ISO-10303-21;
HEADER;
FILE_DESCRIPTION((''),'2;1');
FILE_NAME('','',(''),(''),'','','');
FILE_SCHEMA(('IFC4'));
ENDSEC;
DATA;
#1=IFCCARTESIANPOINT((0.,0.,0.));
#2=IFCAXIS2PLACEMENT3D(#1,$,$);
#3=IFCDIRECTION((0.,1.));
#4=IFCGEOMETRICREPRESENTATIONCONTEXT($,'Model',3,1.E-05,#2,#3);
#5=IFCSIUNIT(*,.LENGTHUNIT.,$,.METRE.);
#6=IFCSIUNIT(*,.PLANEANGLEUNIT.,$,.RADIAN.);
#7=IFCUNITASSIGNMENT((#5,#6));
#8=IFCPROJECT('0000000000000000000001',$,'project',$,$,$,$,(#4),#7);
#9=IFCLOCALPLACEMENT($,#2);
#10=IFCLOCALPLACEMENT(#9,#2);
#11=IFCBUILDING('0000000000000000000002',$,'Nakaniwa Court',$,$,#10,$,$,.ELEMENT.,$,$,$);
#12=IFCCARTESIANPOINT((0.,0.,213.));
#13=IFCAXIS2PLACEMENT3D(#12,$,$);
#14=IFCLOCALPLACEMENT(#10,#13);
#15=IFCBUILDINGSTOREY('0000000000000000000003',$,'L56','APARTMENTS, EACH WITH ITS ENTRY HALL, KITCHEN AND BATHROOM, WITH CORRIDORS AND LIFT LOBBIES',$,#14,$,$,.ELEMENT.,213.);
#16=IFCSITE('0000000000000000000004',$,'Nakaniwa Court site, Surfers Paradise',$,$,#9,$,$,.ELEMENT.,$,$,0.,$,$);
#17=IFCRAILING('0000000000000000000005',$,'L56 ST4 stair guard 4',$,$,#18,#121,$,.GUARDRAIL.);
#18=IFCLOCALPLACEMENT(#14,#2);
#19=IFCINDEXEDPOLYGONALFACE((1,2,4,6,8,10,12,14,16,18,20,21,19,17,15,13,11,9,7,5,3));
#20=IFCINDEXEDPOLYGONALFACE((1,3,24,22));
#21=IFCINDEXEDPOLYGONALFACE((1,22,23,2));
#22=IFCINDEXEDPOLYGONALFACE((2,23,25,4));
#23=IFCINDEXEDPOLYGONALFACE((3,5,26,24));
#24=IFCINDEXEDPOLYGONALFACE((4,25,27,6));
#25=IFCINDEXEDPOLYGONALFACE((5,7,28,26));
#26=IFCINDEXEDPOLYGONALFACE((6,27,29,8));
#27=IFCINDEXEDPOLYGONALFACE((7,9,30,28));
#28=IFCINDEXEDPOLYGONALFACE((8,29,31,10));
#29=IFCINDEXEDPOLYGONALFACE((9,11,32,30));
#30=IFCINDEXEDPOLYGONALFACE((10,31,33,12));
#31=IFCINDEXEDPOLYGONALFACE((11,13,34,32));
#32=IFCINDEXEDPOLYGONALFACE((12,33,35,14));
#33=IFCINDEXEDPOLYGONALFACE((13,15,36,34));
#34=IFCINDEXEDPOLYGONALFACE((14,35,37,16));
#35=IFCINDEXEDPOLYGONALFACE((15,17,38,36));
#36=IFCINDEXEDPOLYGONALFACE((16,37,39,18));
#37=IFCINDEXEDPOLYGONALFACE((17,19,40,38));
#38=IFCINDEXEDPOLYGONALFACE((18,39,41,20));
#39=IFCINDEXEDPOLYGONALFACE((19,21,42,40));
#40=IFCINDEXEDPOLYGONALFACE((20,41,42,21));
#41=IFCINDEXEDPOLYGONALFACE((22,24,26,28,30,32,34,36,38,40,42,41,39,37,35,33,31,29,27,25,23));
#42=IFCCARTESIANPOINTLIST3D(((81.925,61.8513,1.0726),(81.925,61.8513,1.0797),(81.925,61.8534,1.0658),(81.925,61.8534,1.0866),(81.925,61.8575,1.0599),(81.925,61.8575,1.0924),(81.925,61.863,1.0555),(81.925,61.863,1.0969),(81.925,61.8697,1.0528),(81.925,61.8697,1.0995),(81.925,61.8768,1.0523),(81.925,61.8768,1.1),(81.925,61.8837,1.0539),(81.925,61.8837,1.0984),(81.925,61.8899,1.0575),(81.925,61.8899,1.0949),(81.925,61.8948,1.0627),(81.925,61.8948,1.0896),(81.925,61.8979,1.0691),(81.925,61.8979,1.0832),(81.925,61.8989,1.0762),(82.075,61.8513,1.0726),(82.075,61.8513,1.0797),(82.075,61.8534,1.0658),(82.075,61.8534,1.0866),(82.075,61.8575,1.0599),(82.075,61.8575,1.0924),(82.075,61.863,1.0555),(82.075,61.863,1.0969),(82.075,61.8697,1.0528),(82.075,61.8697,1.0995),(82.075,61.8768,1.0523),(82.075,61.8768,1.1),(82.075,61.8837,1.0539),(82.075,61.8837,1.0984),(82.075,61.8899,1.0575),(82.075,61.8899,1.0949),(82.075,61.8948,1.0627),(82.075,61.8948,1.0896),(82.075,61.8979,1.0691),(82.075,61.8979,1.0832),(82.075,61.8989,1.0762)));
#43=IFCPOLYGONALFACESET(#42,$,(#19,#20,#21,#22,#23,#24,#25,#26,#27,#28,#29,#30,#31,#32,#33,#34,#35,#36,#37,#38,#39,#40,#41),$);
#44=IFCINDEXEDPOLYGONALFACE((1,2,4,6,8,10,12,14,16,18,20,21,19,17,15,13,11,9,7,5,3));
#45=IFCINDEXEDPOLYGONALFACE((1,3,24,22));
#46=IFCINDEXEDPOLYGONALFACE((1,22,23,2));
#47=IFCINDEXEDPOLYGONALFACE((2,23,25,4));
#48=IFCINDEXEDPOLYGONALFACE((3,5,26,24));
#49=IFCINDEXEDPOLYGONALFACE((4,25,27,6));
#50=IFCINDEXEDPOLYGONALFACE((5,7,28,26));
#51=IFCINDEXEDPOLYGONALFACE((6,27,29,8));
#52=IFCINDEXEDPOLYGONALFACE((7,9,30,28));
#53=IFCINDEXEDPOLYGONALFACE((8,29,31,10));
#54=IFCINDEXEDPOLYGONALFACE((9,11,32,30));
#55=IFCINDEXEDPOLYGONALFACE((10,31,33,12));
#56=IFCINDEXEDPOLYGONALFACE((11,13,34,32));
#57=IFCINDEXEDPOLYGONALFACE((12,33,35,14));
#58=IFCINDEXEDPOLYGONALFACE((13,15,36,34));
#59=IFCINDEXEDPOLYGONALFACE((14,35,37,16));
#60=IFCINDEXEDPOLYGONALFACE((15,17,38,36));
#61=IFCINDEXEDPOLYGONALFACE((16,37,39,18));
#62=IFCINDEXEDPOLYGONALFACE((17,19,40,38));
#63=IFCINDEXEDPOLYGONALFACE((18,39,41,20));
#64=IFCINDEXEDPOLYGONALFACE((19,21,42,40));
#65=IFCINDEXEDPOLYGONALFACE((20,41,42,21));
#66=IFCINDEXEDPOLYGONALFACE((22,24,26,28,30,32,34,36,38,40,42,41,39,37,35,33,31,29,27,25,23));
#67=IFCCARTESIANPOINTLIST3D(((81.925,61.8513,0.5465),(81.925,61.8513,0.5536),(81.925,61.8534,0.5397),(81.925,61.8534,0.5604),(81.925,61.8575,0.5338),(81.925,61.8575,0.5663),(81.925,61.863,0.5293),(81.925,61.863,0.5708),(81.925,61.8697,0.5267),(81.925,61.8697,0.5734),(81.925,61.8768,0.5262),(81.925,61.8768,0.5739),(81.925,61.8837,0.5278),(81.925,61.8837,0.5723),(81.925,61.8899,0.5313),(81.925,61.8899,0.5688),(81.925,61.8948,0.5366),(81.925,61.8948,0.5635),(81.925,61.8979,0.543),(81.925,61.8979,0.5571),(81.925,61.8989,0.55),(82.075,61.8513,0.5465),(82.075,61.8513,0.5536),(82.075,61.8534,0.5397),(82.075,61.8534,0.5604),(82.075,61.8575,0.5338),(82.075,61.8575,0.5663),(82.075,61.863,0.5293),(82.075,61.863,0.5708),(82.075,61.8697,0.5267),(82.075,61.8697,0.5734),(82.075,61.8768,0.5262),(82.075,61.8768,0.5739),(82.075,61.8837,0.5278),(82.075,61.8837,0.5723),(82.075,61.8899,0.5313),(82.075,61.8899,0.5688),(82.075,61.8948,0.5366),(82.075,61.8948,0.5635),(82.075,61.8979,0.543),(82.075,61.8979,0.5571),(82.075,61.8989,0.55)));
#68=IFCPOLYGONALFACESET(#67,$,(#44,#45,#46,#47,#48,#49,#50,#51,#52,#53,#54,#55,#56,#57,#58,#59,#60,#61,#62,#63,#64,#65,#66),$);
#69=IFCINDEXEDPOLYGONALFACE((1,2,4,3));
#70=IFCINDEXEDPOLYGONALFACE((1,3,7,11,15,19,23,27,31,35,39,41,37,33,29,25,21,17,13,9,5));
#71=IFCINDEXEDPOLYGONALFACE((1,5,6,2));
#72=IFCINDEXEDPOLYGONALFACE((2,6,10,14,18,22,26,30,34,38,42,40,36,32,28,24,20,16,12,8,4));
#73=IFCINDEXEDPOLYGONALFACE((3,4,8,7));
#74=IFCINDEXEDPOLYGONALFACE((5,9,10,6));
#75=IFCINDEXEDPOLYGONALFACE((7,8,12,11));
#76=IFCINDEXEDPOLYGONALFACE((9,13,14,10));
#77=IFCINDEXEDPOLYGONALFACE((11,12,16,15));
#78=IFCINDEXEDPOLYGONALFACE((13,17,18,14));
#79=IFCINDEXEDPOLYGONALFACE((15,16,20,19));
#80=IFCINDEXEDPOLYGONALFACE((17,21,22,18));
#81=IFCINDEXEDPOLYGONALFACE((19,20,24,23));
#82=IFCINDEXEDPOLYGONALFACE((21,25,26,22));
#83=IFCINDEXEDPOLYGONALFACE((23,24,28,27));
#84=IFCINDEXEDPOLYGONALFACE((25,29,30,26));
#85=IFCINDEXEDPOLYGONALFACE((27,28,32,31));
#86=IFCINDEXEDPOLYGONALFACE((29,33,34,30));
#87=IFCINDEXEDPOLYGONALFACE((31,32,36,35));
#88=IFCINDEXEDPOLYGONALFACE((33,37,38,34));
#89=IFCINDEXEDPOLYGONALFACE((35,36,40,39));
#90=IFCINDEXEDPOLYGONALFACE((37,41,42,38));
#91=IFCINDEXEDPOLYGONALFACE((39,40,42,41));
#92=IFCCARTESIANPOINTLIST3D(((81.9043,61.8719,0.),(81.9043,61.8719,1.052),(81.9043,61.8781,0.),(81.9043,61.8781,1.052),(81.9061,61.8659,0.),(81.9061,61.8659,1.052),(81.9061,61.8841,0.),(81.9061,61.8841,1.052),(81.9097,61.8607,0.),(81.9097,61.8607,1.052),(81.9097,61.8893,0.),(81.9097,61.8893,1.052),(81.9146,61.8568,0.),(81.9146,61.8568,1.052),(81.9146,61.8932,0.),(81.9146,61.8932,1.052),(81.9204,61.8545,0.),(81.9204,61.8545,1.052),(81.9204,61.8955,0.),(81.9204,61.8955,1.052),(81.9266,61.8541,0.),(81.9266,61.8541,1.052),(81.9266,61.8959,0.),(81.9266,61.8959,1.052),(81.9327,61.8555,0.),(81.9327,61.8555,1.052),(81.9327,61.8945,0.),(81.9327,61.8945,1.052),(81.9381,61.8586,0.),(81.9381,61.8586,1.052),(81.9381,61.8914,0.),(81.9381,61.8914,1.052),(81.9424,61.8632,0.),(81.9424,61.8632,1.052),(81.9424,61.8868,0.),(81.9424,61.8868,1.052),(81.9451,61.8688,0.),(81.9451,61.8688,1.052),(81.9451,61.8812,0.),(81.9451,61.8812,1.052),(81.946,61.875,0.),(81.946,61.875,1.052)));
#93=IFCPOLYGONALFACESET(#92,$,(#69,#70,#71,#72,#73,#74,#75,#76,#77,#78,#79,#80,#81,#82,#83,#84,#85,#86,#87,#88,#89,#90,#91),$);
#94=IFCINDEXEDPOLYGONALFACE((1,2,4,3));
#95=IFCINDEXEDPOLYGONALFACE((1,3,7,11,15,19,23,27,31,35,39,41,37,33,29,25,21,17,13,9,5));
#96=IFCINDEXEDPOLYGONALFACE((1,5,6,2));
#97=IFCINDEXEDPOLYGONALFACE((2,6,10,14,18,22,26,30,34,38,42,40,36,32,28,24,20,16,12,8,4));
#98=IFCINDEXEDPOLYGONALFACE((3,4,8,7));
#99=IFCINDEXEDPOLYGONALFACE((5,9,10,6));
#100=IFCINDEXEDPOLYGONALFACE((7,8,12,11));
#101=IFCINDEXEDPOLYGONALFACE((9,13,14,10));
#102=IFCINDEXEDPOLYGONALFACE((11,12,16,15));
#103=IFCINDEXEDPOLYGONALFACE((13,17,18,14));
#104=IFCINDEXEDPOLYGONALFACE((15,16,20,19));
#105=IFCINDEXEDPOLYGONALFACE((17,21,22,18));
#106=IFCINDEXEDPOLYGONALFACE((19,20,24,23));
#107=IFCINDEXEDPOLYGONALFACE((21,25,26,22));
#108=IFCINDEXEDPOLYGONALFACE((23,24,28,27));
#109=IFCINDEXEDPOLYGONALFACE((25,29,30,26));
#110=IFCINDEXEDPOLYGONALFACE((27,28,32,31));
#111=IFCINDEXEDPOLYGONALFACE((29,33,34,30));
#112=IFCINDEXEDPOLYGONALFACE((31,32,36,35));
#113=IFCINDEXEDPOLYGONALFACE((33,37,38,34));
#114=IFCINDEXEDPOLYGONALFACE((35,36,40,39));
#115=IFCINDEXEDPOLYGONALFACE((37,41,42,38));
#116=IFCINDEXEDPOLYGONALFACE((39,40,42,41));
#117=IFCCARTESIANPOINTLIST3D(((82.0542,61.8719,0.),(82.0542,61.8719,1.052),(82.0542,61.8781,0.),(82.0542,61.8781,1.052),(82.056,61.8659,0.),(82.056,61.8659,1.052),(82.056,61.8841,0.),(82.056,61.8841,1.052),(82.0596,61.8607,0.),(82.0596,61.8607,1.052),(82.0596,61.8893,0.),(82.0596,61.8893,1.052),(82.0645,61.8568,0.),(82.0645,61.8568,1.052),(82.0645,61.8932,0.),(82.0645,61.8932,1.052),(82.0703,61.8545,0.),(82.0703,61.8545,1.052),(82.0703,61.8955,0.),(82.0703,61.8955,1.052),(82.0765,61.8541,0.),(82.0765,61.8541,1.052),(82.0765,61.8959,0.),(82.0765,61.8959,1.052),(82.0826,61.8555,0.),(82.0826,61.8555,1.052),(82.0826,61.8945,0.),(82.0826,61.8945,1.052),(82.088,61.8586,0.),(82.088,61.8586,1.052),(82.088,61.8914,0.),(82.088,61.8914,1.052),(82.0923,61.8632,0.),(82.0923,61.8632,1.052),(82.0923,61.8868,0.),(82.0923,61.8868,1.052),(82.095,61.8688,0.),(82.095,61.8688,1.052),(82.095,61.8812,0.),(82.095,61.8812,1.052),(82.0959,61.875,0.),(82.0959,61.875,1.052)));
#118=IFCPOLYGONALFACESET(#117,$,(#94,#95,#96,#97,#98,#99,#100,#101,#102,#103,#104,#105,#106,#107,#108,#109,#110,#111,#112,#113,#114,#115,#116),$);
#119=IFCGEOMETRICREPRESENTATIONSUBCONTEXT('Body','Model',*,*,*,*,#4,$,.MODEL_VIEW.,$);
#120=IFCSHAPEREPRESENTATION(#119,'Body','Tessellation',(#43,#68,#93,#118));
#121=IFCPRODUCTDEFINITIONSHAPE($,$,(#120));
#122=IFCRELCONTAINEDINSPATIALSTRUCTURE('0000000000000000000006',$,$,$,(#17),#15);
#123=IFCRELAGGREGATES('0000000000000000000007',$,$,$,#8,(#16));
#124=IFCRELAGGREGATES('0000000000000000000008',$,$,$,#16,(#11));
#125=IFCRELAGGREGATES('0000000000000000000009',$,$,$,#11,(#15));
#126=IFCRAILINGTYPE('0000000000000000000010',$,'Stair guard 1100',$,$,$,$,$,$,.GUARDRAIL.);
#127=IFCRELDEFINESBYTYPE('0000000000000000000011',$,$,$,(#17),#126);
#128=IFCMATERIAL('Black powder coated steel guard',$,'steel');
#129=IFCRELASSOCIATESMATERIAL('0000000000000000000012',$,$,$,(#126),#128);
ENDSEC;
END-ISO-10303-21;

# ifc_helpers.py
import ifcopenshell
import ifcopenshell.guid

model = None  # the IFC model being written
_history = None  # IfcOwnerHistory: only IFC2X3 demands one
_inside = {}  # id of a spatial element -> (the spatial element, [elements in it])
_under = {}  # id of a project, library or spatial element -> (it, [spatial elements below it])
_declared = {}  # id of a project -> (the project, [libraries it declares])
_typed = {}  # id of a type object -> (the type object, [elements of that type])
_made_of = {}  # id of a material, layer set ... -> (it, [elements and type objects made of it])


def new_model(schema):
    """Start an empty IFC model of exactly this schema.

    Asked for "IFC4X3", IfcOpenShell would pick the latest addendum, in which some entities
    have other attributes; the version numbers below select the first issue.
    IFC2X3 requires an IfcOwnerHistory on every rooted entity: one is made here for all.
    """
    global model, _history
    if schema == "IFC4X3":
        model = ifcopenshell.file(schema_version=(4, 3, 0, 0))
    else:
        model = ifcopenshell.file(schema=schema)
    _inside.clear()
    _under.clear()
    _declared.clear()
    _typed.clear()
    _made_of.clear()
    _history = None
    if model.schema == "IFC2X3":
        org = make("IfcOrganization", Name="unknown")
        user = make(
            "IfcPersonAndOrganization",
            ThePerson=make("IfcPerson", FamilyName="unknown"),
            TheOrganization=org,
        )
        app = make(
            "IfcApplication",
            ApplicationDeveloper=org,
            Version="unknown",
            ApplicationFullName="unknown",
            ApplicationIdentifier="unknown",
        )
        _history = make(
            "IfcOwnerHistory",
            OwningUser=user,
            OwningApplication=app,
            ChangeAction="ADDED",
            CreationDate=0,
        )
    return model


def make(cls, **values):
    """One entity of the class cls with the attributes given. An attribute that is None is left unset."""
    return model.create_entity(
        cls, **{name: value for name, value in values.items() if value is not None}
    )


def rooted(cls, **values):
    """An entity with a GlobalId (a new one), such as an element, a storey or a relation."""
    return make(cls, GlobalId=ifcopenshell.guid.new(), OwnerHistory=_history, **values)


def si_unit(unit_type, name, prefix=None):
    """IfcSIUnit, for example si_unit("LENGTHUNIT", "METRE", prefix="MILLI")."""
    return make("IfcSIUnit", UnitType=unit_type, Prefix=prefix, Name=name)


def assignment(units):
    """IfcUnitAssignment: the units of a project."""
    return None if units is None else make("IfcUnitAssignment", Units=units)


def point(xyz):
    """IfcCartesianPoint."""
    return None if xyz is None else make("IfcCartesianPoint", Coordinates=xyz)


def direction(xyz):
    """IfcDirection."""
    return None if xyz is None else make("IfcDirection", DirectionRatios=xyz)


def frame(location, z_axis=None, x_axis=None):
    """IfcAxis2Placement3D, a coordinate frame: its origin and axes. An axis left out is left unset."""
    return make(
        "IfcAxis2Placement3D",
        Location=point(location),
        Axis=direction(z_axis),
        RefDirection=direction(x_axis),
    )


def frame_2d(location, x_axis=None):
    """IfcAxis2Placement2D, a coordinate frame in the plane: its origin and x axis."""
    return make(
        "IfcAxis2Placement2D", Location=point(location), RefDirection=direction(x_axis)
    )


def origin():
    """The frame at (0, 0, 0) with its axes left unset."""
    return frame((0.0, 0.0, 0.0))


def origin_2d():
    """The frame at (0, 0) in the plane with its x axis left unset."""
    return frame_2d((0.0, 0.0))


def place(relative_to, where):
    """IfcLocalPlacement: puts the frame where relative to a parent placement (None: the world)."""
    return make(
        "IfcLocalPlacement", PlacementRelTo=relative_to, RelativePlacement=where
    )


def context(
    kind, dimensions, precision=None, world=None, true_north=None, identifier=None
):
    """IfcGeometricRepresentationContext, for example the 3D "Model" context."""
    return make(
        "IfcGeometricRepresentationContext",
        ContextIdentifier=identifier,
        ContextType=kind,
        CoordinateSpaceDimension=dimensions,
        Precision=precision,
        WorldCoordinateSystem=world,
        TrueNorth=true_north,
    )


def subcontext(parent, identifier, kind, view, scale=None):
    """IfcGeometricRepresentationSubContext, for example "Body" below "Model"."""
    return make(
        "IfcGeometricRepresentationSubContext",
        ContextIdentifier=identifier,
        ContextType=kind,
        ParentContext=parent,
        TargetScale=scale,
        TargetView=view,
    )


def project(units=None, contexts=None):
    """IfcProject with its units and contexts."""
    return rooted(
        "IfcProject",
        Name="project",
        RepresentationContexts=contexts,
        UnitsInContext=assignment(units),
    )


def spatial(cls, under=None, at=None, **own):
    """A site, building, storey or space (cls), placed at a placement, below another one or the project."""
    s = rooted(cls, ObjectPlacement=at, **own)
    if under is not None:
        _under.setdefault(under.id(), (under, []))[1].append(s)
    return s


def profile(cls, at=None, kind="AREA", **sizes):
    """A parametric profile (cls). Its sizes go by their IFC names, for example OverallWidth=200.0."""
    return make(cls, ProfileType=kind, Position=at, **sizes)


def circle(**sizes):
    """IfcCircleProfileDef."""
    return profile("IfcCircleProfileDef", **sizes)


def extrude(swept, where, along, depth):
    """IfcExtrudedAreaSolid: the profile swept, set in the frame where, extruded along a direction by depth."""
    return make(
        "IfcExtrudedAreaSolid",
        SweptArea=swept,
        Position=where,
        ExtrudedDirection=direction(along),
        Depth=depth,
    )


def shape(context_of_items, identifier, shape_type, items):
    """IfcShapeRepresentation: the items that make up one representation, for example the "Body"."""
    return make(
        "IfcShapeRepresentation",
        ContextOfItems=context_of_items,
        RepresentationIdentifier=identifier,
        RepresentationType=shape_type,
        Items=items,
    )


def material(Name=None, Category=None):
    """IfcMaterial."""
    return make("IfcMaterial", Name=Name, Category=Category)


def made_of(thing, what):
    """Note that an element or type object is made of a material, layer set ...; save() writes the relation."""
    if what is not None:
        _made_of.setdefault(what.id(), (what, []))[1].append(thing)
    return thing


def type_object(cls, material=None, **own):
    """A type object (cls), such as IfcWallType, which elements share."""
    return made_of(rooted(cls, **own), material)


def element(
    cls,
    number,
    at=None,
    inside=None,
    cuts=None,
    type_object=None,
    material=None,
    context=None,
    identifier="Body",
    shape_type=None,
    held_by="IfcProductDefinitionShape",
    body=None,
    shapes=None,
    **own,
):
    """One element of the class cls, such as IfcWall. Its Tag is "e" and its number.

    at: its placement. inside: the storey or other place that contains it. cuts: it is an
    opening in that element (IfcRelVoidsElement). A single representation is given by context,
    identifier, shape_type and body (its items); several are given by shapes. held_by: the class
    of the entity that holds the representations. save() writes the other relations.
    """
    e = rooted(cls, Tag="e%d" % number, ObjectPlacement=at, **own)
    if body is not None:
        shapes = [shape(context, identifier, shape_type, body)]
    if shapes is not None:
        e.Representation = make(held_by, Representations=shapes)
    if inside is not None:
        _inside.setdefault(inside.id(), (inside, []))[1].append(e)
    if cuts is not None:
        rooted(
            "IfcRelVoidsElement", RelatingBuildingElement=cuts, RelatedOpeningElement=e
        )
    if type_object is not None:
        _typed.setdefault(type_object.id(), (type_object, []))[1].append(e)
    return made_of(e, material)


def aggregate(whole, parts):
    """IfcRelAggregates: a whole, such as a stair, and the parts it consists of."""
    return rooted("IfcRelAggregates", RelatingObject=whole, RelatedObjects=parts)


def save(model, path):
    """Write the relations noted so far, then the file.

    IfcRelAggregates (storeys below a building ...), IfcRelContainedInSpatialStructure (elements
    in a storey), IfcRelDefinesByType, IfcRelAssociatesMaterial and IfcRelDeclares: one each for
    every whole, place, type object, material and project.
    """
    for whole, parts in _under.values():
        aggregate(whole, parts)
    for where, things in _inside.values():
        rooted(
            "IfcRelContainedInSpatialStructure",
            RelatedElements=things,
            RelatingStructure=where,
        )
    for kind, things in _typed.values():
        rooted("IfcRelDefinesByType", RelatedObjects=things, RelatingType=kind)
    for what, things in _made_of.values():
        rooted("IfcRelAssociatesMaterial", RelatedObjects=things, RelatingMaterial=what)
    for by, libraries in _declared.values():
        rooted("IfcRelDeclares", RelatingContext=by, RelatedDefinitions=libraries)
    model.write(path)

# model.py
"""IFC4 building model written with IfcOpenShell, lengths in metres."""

from ifc_helpers import new_model, si_unit, direction, frame, origin, origin_2d, place, context, subcontext, project, spatial, circle, extrude, material, type_object, element, save


model = new_model("IFC4")

# Units and contexts
model_context = context("Model", 3, precision=1e-05, world=origin(), true_north=direction((0.0, 1.0)))
body_context = subcontext(model_context, "Body", "Model", "MODEL_VIEW")
ifc_project = project(units=[si_unit("LENGTHUNIT", "METRE"), si_unit("PLANEANGLEUNIT", "RADIAN")], contexts=[model_context])

# Site, building, storey
site_placement = place(None, origin())
site = spatial("IfcSite", under=ifc_project, at=site_placement, Name="Nakaniwa Court site, Surfers Paradise", CompositionType="ELEMENT", RefElevation=0.0)
building_placement = place(site_placement, origin())
building = spatial("IfcBuilding", under=site, at=building_placement, Name="Nakaniwa Court", CompositionType="ELEMENT")
storey_placement = place(building_placement, frame((0.0, 0.0, 213.0)))
storey = spatial("IfcBuildingStorey", under=building, at=storey_placement, Name="L56", Description="APARTMENTS, EACH WITH ITS ENTRY HALL, KITCHEN AND BATHROOM, WITH CORRIDORS AND LIFT LOBBIES", CompositionType="ELEMENT", Elevation=213.0)

# Railing
ifc_material_1 = material(Name="Black powder coated steel guard", Category="steel")
railing_type_1 = type_object("IfcRailingType", Name="Stair guard 1100", PredefinedType="GUARDRAIL", material=ifc_material_1)
railing_1_placement = place(storey_placement, frame((81.925, 61.875, 0.0)))
element("IfcRailing", 1, at=railing_1_placement, inside=storey, type_object=railing_type_1, Name="L56 ST4 stair guard 4", PredefinedType="GUARDRAIL", context=body_context, shape_type="SweptSolid", body=[
    extrude(circle(Radius=0.0239, at=origin_2d()), frame((0.0, 0.0, 1.0762), z_axis=(1.0, 0.0, 0.0), x_axis=(0.0, 1.0, 0.0)), (0.0, 0.0, 1.0), 0.1499),
    extrude(circle(Radius=0.0239, at=origin_2d()), frame((0.0, 0.0, 0.55), z_axis=(1.0, 0.0, 0.0), x_axis=(0.0, 1.0, 0.0)), (0.0, 0.0, 1.0), 0.1499),
    extrude(circle(Radius=0.021, at=origin_2d()), origin(), (0.0, 0.0, 1.0), 1.052),
    extrude(circle(Radius=0.021, at=origin_2d()), frame((0.1499, 0.0, 0.0)), (0.0, 0.0, 1.0), 1.052),
])

save(model, "model.ifc")
